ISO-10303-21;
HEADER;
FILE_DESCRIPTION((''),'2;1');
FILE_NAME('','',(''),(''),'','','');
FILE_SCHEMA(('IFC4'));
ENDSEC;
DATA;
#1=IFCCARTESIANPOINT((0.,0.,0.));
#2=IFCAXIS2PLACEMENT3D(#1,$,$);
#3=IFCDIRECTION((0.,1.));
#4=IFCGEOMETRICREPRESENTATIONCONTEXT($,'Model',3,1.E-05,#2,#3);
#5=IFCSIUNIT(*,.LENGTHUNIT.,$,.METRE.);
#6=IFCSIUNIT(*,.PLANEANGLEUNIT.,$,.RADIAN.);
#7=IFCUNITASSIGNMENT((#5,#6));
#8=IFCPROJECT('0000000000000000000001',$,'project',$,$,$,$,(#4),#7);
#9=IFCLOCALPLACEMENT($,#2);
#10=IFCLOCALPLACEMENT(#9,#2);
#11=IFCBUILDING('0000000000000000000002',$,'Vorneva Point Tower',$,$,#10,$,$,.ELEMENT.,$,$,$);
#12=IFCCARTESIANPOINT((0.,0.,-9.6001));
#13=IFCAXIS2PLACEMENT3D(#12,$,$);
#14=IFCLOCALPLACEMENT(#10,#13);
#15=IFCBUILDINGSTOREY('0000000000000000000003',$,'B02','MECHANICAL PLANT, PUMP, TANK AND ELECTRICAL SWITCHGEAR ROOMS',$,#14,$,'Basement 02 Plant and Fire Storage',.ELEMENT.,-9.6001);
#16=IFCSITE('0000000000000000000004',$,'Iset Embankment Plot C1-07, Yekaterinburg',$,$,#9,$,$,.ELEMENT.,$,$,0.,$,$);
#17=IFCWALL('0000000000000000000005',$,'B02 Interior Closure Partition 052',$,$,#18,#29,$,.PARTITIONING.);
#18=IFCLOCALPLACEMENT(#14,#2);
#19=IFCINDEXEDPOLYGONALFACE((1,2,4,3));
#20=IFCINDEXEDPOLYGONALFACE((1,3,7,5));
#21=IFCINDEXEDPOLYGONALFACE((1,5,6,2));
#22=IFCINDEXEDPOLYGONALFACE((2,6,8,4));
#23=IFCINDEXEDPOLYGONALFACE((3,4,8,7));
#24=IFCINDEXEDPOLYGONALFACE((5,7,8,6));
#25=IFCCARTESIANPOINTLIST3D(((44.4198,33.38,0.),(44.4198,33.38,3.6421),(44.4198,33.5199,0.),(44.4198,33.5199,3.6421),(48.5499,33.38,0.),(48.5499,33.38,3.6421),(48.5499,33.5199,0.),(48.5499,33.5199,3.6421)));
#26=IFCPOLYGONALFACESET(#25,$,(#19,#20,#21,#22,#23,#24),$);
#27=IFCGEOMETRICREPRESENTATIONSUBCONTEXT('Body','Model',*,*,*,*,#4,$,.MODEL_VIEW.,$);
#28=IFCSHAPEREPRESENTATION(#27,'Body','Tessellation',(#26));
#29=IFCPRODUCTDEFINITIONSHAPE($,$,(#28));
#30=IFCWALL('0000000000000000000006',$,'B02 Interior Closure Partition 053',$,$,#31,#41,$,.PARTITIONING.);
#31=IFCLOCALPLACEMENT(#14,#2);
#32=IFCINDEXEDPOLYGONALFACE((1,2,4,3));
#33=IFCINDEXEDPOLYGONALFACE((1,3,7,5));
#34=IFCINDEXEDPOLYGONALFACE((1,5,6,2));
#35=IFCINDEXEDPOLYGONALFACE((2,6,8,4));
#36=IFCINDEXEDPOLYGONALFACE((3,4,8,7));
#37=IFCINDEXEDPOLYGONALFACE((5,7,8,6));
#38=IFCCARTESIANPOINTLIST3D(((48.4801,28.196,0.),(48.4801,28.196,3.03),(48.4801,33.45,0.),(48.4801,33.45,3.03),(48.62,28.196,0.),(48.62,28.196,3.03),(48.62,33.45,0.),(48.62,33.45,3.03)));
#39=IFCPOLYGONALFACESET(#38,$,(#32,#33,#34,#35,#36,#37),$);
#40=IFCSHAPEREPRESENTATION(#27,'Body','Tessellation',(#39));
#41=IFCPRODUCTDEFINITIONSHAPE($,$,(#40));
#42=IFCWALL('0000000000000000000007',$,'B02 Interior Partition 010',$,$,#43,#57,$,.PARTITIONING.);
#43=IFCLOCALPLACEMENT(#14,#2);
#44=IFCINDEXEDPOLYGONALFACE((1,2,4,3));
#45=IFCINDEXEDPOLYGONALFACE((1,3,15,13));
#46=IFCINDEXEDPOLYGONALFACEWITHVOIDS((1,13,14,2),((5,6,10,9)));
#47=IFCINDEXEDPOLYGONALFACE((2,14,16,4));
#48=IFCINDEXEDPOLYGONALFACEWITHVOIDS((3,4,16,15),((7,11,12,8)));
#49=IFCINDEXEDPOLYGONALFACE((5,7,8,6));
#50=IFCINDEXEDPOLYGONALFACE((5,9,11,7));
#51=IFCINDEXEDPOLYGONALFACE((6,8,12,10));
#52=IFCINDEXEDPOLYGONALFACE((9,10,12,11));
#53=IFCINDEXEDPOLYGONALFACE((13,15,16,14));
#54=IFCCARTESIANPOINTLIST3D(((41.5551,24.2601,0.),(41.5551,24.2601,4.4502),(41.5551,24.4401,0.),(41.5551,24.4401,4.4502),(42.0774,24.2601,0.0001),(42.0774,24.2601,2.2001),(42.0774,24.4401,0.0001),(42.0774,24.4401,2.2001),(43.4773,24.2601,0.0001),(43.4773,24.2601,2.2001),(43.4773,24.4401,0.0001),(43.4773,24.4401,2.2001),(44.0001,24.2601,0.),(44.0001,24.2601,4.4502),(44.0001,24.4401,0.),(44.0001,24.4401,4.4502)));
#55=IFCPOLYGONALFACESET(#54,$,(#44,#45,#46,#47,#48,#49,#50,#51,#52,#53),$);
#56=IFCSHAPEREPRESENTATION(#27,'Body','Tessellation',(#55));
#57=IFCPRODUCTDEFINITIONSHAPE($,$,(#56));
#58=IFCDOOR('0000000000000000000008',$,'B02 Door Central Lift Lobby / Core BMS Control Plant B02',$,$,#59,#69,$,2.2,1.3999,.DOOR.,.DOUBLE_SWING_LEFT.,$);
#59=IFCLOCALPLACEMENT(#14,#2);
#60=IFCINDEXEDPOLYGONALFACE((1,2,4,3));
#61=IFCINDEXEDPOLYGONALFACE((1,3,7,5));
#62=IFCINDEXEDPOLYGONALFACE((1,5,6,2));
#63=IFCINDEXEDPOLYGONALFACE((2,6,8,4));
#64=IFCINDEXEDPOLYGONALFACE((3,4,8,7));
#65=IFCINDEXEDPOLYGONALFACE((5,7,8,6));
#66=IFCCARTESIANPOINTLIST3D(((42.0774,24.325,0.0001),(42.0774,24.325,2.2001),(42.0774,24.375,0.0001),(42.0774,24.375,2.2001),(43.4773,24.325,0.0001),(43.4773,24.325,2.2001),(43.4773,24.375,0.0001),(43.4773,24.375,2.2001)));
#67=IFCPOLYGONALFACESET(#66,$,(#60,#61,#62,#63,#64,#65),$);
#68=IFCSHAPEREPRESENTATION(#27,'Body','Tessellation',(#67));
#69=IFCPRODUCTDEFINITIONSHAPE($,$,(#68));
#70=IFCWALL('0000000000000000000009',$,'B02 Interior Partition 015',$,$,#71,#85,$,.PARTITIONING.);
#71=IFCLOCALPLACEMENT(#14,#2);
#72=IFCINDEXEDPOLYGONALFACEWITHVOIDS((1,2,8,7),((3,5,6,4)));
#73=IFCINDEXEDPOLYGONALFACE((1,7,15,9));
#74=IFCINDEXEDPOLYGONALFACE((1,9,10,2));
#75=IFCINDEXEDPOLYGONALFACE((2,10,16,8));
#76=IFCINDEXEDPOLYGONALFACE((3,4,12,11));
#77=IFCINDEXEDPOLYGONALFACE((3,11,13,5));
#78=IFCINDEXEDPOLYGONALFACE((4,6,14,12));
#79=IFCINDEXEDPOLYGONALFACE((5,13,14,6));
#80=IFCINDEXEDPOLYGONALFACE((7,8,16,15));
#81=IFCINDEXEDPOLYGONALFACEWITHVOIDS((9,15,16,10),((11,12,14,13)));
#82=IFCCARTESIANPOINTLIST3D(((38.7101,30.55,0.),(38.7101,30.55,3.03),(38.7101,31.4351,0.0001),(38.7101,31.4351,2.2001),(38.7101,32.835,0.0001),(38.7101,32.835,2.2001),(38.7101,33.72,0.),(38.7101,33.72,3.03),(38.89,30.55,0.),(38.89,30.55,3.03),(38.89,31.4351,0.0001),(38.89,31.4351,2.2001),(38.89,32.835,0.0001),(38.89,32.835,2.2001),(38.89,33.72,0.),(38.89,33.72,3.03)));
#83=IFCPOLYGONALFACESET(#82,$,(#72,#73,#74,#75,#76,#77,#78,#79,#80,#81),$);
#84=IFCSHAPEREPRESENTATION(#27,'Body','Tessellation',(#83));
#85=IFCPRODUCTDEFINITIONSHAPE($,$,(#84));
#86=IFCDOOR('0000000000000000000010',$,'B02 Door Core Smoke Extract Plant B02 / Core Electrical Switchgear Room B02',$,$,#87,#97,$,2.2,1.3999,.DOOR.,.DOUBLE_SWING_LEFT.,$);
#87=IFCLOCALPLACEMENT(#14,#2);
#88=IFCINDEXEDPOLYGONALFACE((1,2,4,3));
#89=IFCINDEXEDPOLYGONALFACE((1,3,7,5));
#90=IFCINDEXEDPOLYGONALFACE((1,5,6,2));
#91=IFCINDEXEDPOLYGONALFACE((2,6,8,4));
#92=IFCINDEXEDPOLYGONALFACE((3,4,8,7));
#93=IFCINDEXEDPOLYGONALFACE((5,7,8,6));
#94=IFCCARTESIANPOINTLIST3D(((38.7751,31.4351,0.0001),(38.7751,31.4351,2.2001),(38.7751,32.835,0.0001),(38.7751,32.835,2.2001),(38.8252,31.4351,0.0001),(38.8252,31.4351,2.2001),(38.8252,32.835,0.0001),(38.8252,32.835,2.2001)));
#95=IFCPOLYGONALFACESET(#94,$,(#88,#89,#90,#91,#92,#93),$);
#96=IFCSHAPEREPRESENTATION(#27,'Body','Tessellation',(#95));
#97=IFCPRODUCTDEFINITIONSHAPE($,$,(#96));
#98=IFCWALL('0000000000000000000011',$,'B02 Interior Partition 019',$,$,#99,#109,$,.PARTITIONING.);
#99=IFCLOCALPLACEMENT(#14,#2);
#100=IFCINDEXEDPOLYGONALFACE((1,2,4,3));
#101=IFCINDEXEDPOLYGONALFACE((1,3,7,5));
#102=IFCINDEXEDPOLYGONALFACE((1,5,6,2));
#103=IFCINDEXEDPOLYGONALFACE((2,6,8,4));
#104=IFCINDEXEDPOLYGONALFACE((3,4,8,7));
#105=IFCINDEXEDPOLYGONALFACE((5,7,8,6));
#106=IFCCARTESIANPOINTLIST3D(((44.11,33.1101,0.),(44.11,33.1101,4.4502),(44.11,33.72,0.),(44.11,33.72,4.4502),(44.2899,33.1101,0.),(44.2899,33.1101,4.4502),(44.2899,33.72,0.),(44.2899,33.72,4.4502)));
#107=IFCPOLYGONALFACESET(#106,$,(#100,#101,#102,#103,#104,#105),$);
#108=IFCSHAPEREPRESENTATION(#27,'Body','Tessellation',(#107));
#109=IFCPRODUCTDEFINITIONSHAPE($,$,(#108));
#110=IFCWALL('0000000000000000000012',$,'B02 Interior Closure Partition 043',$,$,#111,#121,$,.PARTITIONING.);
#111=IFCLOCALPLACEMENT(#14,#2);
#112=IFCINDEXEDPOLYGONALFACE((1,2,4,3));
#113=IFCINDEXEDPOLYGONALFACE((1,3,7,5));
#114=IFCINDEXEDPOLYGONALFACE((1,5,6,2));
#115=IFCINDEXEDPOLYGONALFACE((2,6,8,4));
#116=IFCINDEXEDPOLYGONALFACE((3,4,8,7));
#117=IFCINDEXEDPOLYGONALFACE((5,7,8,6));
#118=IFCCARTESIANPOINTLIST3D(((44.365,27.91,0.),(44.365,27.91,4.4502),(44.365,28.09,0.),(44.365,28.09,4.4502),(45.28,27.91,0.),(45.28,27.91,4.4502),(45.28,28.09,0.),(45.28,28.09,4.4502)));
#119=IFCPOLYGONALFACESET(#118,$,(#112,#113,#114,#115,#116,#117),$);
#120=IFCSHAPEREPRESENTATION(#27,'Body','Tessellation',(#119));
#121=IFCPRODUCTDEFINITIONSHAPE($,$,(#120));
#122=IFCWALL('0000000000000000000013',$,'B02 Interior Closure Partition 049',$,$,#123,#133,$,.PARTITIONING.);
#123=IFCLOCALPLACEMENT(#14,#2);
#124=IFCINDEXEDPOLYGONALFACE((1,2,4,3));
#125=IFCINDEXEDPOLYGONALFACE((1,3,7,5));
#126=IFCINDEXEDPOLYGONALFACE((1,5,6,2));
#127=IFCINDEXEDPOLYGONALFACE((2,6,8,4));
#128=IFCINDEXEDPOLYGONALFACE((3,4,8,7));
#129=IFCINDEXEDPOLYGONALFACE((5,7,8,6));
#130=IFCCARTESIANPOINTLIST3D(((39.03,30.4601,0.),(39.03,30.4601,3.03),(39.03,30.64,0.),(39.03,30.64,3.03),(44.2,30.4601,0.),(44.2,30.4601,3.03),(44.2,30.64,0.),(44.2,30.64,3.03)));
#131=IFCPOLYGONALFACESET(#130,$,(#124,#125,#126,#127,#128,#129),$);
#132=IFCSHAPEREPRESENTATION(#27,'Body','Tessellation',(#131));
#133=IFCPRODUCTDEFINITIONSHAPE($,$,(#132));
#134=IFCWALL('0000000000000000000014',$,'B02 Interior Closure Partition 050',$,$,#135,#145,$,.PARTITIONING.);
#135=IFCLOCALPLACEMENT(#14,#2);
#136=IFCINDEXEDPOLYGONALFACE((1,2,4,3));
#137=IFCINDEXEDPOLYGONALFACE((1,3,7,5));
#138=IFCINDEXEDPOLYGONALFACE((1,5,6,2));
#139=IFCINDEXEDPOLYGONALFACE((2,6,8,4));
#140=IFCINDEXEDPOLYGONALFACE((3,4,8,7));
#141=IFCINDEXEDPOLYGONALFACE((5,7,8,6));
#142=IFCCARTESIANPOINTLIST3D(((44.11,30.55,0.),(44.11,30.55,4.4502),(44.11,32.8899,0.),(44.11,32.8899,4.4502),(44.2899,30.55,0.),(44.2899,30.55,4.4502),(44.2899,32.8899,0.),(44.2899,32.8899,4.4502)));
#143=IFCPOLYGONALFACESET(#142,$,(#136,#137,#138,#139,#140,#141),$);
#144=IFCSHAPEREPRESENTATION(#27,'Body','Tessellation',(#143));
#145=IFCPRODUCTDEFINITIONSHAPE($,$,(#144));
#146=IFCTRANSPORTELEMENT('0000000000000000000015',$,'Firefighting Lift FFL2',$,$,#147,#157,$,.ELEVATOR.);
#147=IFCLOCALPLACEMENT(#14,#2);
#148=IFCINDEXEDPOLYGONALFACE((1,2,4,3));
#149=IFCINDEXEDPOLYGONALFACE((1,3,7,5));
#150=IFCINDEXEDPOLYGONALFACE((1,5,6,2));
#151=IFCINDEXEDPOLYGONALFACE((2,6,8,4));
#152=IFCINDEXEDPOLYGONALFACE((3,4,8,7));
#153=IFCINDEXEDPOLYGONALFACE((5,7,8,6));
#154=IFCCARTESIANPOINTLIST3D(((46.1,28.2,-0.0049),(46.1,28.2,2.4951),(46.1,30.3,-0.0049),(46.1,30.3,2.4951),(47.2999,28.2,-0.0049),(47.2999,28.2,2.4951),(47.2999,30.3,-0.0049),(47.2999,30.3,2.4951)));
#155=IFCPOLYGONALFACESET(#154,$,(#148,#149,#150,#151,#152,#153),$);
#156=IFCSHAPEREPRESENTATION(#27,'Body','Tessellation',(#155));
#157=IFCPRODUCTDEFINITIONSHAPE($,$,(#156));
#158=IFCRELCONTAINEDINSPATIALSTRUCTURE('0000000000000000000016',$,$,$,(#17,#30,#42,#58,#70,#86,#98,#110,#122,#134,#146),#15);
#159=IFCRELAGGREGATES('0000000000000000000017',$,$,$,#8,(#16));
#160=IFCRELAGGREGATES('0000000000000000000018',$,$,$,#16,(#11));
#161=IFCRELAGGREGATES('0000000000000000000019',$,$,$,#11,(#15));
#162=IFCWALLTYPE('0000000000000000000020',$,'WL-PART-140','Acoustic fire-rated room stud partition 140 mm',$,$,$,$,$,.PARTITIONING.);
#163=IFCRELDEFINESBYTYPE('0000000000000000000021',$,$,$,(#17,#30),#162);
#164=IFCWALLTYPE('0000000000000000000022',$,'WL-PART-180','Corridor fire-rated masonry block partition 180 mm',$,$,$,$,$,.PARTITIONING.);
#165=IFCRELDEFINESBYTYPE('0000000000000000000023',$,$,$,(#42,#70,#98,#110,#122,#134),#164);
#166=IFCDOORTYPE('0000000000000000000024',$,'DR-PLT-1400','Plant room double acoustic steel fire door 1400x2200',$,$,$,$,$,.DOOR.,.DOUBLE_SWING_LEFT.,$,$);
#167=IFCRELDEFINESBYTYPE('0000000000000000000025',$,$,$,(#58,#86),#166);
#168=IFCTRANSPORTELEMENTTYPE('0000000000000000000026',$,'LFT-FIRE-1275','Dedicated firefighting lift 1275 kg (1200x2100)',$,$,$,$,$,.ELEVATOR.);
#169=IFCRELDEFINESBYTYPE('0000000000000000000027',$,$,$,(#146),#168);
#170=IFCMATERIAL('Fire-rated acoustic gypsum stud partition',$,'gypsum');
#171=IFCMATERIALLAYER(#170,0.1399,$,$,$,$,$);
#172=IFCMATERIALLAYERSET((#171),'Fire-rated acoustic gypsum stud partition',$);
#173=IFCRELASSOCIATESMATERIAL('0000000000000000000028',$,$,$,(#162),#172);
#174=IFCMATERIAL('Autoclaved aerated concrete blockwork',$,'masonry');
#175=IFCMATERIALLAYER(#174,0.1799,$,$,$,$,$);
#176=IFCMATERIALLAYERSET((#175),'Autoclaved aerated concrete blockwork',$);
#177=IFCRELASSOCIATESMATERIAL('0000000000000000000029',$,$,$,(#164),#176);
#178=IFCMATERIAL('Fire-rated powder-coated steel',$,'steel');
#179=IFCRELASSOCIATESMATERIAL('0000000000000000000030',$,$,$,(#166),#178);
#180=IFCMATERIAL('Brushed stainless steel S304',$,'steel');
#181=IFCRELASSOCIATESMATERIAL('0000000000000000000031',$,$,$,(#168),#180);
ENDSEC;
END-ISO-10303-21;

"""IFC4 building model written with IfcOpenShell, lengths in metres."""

from ifc_helpers import new_model, si_unit, direction, frame, frame_2d, origin, origin_2d, place, context, subcontext, project, spatial, rectangle, extrude, material, layer, layer_set, type_object, element, fill, save


model = new_model("IFC4")

# Units and contexts
model_context = context("Model", 3, precision=1e-05, world=origin(), true_north=direction((0.0, 1.0)))
body_context = subcontext(model_context, "Body", "Model", "MODEL_VIEW")
ifc_project = project(units=[si_unit("LENGTHUNIT", "METRE"), si_unit("PLANEANGLEUNIT", "RADIAN")], contexts=[model_context])

# Site, building, storey
site_placement = place(None, origin())
site = spatial("IfcSite", under=ifc_project, at=site_placement, Name="Iset Embankment Plot C1-07, Yekaterinburg", CompositionType="ELEMENT", RefElevation=0.0)
building_placement = place(site_placement, origin())
building = spatial("IfcBuilding", under=site, at=building_placement, Name="Vorneva Point Tower", CompositionType="ELEMENT")
storey_placement = place(building_placement, frame((0.0, 0.0, -9.6001)))
storey = spatial("IfcBuildingStorey", under=building, at=storey_placement, Name="B02", Description="MECHANICAL PLANT, PUMP, TANK AND ELECTRICAL SWITCHGEAR ROOMS", LongName="Basement 02 Plant and Fire Storage", CompositionType="ELEMENT", Elevation=-9.6001)

# Shared definitions
ifc_material_1 = material(Name="Brushed stainless steel S304", Category="steel")

# Walls
ifc_material_2 = material(Name="Fire-rated acoustic gypsum stud partition", Category="gypsum")
ifc_layer_1 = layer(ifc_material_2, 0.1399)
ifc_layer_set_1 = layer_set([ifc_layer_1], Name="Fire-rated acoustic gypsum stud partition")
wall_type_1 = type_object("IfcWallType", Name="WL-PART-140", Description="Acoustic fire-rated room stud partition 140 mm", PredefinedType="PARTITIONING", material=ifc_layer_set_1)
wall_1_placement = place(storey_placement, frame((44.4199, 33.45, 0.0), z_axis=(0.0, 0.0, 1.0), x_axis=(1.0, 0.0, 0.0)))
element("IfcWall", 1, at=wall_1_placement, inside=storey, type_object=wall_type_1, Name="B02 Interior Closure Partition 052", PredefinedType="PARTITIONING", context=body_context, shape_type="SweptSolid", body=[
    extrude(rectangle(XDim=4.1301, YDim=0.1399, at=frame_2d((2.0649, 0.0))), origin(), (0.0, 0.0, 1.0), 3.6421),
])
wall_2_placement = place(storey_placement, frame((48.55, 33.45, 0.0), z_axis=(0.0, 0.0, 1.0), x_axis=(0.0, -1.0, 0.0)))
element("IfcWall", 2, at=wall_2_placement, inside=storey, type_object=wall_type_1, Name="B02 Interior Closure Partition 053", PredefinedType="PARTITIONING", context=body_context, shape_type="SweptSolid", body=[
    extrude(rectangle(XDim=5.2539, YDim=0.1399, at=frame_2d((2.627, 0.0))), origin(), (0.0, 0.0, 1.0), 3.03),
])

# Walls, openings, doors
ifc_material_3 = material(Name="Autoclaved aerated concrete blockwork", Category="masonry")
ifc_layer_2 = layer(ifc_material_3, 0.1799)
ifc_layer_set_2 = layer_set([ifc_layer_2], Name="Autoclaved aerated concrete blockwork")
wall_type_2 = type_object("IfcWallType", Name="WL-PART-180", Description="Corridor fire-rated masonry block partition 180 mm", PredefinedType="PARTITIONING", material=ifc_layer_set_2)
ifc_material_4 = material(Name="Fire-rated powder-coated steel", Category="steel")
wall_3_placement = place(storey_placement, frame((41.5549, 24.3501, 0.0), z_axis=(0.0, 0.0, 1.0), x_axis=(1.0, 0.0, 0.0)))
wall_3 = element("IfcWall", 3, at=wall_3_placement, inside=storey, type_object=wall_type_2, Name="B02 Interior Partition 010", PredefinedType="PARTITIONING", context=body_context, shape_type="SweptSolid", body=[
    extrude(rectangle(XDim=2.4451, YDim=0.1799, at=frame_2d((1.2227, 0.0))), origin(), (0.0, 0.0, 1.0), 4.4502),
])
opening_1_placement = place(wall_3_placement, frame((0.5225, 0.0, 0.0)))
opening_1 = element("IfcOpeningElement", 4, at=opening_1_placement, cuts=wall_3, PredefinedType="OPENING", context=body_context, shape_type="SweptSolid", body=[
    extrude(rectangle(XDim=1.3999, YDim=2.2, at=frame_2d((0.7, 1.1001))), frame((0.0, 0.105, 0.0), z_axis=(0.0, -1.0, 0.0), x_axis=(1.0, 0.0, 0.0)), (0.0, 0.0, 1.0), 0.2097),
])
door_type_1 = type_object("IfcDoorType", Name="DR-PLT-1400", Description="Plant room double acoustic steel fire door 1400x2200", OperationType="DOUBLE_SWING_LEFT", PredefinedType="DOOR", material=ifc_material_4)
door_1_placement = place(opening_1_placement, origin())
door_1 = element("IfcDoor", 5, at=door_1_placement, inside=storey, type_object=door_type_1, Name="B02 Door Central Lift Lobby / Core BMS Control Plant B02", OperationType="DOUBLE_SWING_LEFT", OverallHeight=2.2, OverallWidth=1.3999, PredefinedType="DOOR", context=body_context, shape_type="SweptSolid", body=[
    extrude(rectangle(XDim=1.3999, YDim=2.2, at=frame_2d((0.7, 1.1001))), frame((0.0, 0.0249, 0.0), z_axis=(0.0, -1.0, 0.0), x_axis=(1.0, 0.0, 0.0)), (0.0, 0.0, 1.0), 0.05),
])
fill(opening_1, door_1)
wall_4_placement = place(storey_placement, frame((38.8, 30.55, 0.0), z_axis=(0.0, 0.0, 1.0), x_axis=(0.0, 1.0, 0.0)))
wall_4 = element("IfcWall", 6, at=wall_4_placement, inside=storey, type_object=wall_type_2, Name="B02 Interior Partition 015", PredefinedType="PARTITIONING", context=body_context, shape_type="SweptSolid", body=[
    extrude(rectangle(XDim=3.1699, YDim=0.1799, at=frame_2d((1.585, 0.0))), origin(), (0.0, 0.0, 1.0), 3.03),
])
opening_2_placement = place(wall_4_placement, frame((0.885, 0.0, 0.0)))
opening_2 = element("IfcOpeningElement", 7, at=opening_2_placement, cuts=wall_4, PredefinedType="OPENING", context=body_context, shape_type="SweptSolid", body=[
    extrude(rectangle(XDim=1.3999, YDim=2.2, at=frame_2d((0.7, 1.1001))), frame((0.0, 0.105, 0.0), z_axis=(0.0, -1.0, 0.0), x_axis=(1.0, 0.0, 0.0)), (0.0, 0.0, 1.0), 0.2097),
])
door_2_placement = place(opening_2_placement, origin())
door_2 = element("IfcDoor", 8, at=door_2_placement, inside=storey, type_object=door_type_1, Name="B02 Door Core Smoke Extract Plant B02 / Core Electrical Switchgear Room B02", OperationType="DOUBLE_SWING_LEFT", OverallHeight=2.2, OverallWidth=1.3999, PredefinedType="DOOR", context=body_context, shape_type="SweptSolid", body=[
    extrude(rectangle(XDim=1.3999, YDim=2.2, at=frame_2d((0.7, 1.1001))), frame((0.0, 0.0249, 0.0), z_axis=(0.0, -1.0, 0.0), x_axis=(1.0, 0.0, 0.0)), (0.0, 0.0, 1.0), 0.05),
])
fill(opening_2, door_2)

# Walls
wall_5_placement = place(storey_placement, frame((44.2, 33.1101, 0.0), z_axis=(0.0, 0.0, 1.0), x_axis=(0.0, 1.0, 0.0)))
element("IfcWall", 9, at=wall_5_placement, inside=storey, type_object=wall_type_2, Name="B02 Interior Partition 019", PredefinedType="PARTITIONING", context=body_context, shape_type="SweptSolid", body=[
    extrude(rectangle(XDim=0.6099, YDim=0.1799, at=frame_2d((0.3049, 0.0))), origin(), (0.0, 0.0, 1.0), 4.4502),
])
wall_6_placement = place(storey_placement, frame((45.28, 28.0, 0.0), z_axis=(0.0, 0.0, 1.0), x_axis=(-1.0, 0.0, 0.0)))
element("IfcWall", 10, at=wall_6_placement, inside=storey, type_object=wall_type_2, Name="B02 Interior Closure Partition 043", PredefinedType="PARTITIONING", context=body_context, shape_type="SweptSolid", body=[
    extrude(rectangle(XDim=0.915, YDim=0.1799, at=frame_2d((0.4575, 0.0))), origin(), (0.0, 0.0, 1.0), 4.4502),
])
wall_7_placement = place(storey_placement, frame((39.03, 30.55, 0.0), z_axis=(0.0, 0.0, 1.0), x_axis=(1.0, 0.0, 0.0)))
element("IfcWall", 11, at=wall_7_placement, inside=storey, type_object=wall_type_2, Name="B02 Interior Closure Partition 049", PredefinedType="PARTITIONING", context=body_context, shape_type="SweptSolid", body=[
    extrude(rectangle(XDim=5.1699, YDim=0.1799, at=frame_2d((2.585, 0.0))), origin(), (0.0, 0.0, 1.0), 3.03),
])
wall_8_placement = place(storey_placement, frame((44.2, 30.55, 0.0), z_axis=(0.0, 0.0, 1.0), x_axis=(0.0, 1.0, 0.0)))
element("IfcWall", 12, at=wall_8_placement, inside=storey, type_object=wall_type_2, Name="B02 Interior Closure Partition 050", PredefinedType="PARTITIONING", context=body_context, shape_type="SweptSolid", body=[
    extrude(rectangle(XDim=2.3398, YDim=0.1799, at=frame_2d((1.1699, 0.0))), origin(), (0.0, 0.0, 1.0), 4.4502),
])

# Transport element
transport_element_type = type_object("IfcTransportElementType", Name="LFT-FIRE-1275", Description="Dedicated firefighting lift 1275 kg (1200x2100)", PredefinedType="ELEVATOR", material=ifc_material_1)
transport_element_placement = place(storey_placement, frame((46.7, 29.25, -0.0049), z_axis=(0.0, 0.0, 1.0), x_axis=(1.0, 0.0, 0.0)))
element("IfcTransportElement", 13, at=transport_element_placement, inside=storey, type_object=transport_element_type, Name="Firefighting Lift FFL2", PredefinedType="ELEVATOR", context=body_context, shape_type="SweptSolid", body=[
    extrude(rectangle(XDim=1.2, YDim=2.1001, at=origin_2d()), origin(), (0.0, 0.0, 1.0), 2.5),
])

save(model, "model.ifc")
